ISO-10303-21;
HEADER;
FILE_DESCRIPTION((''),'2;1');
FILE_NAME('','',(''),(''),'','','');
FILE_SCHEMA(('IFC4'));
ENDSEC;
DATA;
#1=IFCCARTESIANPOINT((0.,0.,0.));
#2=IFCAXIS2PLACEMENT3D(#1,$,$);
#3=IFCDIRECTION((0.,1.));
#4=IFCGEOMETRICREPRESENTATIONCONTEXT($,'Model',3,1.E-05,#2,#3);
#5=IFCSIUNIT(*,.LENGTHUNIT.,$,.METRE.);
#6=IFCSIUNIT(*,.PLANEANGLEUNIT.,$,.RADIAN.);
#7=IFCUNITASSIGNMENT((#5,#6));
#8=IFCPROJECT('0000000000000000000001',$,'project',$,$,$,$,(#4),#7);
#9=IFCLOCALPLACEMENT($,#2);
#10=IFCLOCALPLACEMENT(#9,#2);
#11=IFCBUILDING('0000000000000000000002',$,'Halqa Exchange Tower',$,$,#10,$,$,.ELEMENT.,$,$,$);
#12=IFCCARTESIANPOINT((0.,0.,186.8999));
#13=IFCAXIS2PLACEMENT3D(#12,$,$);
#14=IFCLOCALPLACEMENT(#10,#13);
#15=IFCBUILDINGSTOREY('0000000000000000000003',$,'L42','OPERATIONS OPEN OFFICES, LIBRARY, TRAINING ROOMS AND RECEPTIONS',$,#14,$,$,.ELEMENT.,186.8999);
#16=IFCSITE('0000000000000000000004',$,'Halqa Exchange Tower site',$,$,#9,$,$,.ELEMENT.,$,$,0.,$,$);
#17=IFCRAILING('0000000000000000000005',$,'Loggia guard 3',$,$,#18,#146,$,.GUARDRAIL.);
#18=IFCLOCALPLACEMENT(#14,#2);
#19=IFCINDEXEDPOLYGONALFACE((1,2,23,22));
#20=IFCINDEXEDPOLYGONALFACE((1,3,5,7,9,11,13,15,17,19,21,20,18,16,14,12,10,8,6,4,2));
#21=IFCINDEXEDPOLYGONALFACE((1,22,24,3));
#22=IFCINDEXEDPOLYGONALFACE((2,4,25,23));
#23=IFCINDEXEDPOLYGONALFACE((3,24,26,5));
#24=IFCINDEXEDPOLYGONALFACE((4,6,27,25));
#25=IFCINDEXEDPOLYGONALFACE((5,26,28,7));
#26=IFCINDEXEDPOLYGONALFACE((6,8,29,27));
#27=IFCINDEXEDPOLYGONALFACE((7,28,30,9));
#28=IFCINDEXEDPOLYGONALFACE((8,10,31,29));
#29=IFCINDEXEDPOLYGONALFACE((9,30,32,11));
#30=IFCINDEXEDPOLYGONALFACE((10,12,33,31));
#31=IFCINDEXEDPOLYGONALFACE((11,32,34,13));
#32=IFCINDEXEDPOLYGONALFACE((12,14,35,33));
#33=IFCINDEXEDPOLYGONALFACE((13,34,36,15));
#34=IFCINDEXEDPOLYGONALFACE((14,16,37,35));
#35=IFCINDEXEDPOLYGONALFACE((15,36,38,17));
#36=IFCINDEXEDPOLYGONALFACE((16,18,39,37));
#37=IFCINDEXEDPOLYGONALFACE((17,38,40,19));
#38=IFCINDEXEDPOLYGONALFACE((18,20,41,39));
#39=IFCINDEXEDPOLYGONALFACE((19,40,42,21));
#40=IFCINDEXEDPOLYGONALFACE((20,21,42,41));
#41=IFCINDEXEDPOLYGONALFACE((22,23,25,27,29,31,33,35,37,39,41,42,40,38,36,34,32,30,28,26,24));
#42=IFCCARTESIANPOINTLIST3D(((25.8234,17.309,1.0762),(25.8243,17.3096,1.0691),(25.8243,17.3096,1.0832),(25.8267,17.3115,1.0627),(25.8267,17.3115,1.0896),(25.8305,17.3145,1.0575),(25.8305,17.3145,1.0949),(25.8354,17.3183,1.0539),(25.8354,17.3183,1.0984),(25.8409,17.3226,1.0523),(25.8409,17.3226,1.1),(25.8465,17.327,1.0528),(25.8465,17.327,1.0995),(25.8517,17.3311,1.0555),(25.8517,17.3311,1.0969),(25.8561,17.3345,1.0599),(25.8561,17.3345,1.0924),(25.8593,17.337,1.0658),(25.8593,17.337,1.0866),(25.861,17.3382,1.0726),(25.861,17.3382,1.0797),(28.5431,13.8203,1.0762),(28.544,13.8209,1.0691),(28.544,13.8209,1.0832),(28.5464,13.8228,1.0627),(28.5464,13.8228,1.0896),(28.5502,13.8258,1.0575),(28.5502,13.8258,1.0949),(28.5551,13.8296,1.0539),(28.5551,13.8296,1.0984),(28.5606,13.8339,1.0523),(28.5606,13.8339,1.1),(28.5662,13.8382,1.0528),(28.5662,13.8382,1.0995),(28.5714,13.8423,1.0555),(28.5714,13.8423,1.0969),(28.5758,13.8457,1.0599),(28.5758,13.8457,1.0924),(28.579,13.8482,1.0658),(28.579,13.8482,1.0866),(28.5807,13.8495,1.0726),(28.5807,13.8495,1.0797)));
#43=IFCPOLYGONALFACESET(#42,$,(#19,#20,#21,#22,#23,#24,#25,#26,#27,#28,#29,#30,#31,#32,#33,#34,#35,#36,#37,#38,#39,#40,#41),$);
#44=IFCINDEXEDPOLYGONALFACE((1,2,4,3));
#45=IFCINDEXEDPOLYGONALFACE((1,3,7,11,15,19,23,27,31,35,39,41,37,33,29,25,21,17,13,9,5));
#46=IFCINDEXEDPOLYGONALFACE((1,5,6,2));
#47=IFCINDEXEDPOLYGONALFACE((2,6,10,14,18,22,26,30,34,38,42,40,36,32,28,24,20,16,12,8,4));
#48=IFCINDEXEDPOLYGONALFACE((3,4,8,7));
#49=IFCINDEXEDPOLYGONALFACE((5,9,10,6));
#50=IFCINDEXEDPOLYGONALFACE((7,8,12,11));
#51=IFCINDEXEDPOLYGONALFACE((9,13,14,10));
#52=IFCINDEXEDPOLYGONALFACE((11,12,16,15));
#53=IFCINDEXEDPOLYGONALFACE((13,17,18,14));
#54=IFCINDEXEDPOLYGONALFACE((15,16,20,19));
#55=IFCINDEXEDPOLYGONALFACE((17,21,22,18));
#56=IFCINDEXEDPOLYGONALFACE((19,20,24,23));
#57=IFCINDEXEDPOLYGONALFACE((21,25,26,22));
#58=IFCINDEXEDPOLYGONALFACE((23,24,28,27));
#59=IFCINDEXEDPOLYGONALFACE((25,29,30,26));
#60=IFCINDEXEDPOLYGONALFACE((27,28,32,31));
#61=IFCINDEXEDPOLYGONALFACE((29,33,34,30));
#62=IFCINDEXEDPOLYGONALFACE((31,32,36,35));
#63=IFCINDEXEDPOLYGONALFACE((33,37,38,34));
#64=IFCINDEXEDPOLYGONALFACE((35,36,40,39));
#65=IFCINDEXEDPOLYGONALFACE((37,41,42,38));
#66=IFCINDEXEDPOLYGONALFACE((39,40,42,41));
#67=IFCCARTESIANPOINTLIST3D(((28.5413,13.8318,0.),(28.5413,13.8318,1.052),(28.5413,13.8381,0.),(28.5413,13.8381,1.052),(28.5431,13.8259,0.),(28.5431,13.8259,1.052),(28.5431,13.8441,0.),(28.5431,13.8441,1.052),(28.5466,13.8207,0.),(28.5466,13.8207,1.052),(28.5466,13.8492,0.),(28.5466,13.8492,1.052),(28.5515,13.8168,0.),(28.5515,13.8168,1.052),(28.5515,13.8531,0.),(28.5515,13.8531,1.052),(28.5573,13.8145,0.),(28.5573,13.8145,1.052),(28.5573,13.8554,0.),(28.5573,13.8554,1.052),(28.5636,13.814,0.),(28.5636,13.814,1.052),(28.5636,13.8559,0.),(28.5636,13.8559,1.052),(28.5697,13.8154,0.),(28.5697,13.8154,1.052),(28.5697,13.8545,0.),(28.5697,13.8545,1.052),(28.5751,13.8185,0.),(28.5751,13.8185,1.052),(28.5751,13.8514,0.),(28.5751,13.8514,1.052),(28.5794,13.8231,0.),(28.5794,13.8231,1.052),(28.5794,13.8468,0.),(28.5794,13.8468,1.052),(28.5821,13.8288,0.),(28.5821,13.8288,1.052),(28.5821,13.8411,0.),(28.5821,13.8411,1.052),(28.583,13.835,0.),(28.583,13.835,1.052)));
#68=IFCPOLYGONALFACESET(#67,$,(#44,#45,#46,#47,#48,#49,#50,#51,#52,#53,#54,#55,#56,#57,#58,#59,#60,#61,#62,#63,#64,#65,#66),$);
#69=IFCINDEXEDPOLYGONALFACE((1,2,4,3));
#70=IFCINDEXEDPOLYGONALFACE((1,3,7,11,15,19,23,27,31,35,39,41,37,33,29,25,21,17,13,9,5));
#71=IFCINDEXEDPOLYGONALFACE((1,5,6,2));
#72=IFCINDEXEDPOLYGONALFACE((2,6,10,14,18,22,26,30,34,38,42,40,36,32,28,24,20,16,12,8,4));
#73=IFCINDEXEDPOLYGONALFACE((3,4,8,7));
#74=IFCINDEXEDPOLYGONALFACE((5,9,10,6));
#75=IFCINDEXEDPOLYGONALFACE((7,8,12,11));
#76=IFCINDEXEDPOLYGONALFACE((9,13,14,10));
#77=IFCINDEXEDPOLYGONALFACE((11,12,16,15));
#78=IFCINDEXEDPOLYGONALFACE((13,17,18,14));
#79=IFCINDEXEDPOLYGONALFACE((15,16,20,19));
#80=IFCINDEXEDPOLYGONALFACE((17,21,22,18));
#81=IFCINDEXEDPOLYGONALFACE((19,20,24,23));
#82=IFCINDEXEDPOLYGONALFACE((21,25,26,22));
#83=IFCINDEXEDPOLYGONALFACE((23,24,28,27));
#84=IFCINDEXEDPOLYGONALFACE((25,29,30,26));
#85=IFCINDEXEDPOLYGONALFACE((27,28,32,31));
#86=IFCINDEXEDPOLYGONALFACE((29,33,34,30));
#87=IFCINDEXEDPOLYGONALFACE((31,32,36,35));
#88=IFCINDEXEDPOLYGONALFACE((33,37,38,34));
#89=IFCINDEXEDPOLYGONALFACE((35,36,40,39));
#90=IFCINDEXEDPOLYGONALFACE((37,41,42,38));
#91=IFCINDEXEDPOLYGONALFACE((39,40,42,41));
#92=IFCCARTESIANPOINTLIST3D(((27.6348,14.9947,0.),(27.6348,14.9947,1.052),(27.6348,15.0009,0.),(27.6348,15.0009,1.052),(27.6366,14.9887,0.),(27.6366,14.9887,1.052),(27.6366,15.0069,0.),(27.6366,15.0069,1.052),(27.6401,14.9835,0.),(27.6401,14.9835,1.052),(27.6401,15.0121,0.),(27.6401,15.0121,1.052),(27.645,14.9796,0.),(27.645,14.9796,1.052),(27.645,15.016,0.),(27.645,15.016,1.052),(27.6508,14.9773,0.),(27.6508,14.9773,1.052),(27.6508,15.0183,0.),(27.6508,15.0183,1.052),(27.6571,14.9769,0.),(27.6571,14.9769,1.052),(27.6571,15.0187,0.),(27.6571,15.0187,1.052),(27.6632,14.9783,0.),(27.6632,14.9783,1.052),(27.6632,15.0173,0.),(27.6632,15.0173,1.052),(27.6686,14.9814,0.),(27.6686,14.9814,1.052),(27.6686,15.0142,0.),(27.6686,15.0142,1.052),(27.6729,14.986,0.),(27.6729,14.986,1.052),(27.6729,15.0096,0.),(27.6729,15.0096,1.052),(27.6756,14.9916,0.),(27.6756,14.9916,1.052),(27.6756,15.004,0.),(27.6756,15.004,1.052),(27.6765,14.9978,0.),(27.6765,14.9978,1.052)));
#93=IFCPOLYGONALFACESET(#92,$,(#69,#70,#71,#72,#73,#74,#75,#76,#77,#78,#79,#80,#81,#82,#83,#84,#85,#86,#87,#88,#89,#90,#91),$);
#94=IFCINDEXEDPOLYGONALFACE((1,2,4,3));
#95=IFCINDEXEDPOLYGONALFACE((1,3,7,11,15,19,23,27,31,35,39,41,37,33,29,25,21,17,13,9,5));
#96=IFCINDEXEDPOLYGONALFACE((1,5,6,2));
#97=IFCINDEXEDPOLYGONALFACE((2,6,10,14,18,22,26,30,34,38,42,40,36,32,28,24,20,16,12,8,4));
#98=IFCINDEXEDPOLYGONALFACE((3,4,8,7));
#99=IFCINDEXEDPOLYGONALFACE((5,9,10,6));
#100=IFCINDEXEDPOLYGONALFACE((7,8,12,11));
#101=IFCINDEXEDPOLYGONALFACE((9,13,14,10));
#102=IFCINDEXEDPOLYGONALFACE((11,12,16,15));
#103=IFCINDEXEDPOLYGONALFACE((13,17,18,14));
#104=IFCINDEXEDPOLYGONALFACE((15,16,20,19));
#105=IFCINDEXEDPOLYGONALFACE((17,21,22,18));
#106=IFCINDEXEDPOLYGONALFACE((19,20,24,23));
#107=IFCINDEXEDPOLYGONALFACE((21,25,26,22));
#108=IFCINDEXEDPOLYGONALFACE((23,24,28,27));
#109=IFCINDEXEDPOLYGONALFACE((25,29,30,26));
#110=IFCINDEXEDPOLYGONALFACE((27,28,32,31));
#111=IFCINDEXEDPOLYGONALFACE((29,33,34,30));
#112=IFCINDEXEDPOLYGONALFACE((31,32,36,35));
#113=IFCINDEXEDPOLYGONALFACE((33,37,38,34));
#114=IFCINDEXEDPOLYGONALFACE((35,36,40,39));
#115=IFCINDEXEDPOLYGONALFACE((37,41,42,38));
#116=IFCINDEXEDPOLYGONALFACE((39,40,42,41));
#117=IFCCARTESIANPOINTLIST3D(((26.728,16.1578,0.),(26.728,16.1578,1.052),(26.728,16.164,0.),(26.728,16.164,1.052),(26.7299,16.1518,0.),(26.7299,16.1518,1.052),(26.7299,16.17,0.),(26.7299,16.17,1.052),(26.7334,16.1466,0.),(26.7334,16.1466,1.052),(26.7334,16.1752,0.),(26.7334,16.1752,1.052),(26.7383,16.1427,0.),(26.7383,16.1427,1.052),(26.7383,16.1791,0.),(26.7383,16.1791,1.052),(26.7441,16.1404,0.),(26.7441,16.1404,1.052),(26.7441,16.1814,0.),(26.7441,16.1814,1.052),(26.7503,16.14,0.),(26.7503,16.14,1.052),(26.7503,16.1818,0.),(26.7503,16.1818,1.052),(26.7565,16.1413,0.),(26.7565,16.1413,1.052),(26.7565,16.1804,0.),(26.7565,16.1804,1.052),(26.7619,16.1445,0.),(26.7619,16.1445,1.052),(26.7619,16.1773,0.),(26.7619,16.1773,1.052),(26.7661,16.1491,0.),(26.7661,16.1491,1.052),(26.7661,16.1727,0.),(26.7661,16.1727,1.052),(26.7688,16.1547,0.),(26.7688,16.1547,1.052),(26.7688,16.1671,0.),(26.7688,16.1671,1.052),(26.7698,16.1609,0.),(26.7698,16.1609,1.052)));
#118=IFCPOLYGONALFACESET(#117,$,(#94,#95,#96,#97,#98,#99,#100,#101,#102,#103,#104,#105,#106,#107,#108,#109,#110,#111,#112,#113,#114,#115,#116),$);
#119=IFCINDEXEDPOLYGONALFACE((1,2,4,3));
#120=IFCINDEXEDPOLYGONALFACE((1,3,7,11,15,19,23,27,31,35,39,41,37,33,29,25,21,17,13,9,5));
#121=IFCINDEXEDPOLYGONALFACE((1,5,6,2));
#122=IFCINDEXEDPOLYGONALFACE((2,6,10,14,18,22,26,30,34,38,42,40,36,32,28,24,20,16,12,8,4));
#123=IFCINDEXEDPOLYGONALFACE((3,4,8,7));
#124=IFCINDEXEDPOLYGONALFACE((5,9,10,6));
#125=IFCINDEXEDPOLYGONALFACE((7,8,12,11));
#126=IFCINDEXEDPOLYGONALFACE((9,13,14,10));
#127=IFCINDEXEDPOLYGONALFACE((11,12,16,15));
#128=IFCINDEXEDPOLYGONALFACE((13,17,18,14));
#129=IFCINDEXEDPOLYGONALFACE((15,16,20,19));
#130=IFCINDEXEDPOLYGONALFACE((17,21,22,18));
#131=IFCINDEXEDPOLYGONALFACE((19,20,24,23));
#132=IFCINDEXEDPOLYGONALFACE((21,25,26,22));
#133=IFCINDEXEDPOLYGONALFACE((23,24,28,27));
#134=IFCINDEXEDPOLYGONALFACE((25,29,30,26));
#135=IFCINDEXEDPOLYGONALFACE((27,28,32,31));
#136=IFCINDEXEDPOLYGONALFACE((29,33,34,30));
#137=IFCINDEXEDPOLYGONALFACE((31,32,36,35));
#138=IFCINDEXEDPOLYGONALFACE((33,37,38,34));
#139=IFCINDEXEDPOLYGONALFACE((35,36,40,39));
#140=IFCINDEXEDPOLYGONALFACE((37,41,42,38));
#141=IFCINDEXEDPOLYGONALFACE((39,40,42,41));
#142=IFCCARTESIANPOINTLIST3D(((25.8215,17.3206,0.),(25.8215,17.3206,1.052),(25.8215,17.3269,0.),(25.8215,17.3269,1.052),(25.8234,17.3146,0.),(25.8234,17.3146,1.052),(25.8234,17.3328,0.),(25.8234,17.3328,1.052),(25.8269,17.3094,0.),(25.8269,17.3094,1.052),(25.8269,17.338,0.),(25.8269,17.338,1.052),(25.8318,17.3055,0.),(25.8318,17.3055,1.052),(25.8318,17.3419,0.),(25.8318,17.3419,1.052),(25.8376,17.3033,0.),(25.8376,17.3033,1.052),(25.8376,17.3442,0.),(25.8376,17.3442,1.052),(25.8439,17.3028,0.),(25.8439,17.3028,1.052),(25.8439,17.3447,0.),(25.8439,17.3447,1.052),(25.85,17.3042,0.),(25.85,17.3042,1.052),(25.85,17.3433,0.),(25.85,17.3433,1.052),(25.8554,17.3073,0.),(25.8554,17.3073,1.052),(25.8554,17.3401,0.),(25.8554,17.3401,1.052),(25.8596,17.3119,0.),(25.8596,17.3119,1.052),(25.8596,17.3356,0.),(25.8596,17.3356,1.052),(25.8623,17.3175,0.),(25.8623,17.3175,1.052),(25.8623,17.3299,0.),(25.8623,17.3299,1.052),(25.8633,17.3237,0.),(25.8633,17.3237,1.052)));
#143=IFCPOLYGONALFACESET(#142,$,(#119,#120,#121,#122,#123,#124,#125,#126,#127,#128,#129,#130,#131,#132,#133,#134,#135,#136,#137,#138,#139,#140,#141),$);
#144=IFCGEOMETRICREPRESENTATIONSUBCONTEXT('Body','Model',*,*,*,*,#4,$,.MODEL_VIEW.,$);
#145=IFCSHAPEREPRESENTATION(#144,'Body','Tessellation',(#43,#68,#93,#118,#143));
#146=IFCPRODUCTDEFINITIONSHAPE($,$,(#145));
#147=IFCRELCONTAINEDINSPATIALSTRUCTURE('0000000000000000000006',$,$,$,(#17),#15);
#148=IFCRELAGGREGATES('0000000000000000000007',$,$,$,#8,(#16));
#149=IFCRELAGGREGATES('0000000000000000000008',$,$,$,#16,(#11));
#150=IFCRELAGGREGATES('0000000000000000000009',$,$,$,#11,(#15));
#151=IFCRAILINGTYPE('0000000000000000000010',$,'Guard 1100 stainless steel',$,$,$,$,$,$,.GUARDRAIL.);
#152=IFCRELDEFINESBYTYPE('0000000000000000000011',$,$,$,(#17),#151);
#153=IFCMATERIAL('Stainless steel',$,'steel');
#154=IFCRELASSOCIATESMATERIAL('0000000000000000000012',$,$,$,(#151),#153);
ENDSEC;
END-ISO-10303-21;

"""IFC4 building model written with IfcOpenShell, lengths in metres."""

from ifc_helpers import new_model, si_unit, direction, frame, origin, origin_2d, place, context, subcontext, project, spatial, circle, extrude, material, type_object, element, save


model = new_model("IFC4")

# Units and contexts
model_context = context("Model", 3, precision=1e-05, world=origin(), true_north=direction((0.0, 1.0)))
body_context = subcontext(model_context, "Body", "Model", "MODEL_VIEW")
ifc_project = project(units=[si_unit("LENGTHUNIT", "METRE"), si_unit("PLANEANGLEUNIT", "RADIAN")], contexts=[model_context])

# Site, building, storey
site_placement = place(None, origin())
site = spatial("IfcSite", under=ifc_project, at=site_placement, Name="Halqa Exchange Tower site", CompositionType="ELEMENT", RefElevation=0.0)
building_placement = place(site_placement, origin())
building = spatial("IfcBuilding", under=site, at=building_placement, Name="Halqa Exchange Tower", CompositionType="ELEMENT")
storey_placement = place(building_placement, frame((0.0, 0.0, 186.8999)))
storey = spatial("IfcBuildingStorey", under=building, at=storey_placement, Name="L42", Description="OPERATIONS OPEN OFFICES, LIBRARY, TRAINING ROOMS AND RECEPTIONS", CompositionType="ELEMENT", Elevation=186.8999)

# Railing
ifc_material_1 = material(Name="Stainless steel", Category="steel")
railing_type = type_object("IfcRailingType", Name="Guard 1100 stainless steel", PredefinedType="GUARDRAIL", material=ifc_material_1)
railing_1_placement = place(storey_placement, frame((28.562, 13.835, 0.0)))
element("IfcRailing", 1, at=railing_1_placement, inside=storey, type_object=railing_type, Name="Loggia guard 3", PredefinedType="GUARDRAIL", context=body_context, shape_type="SweptSolid", body=[
    extrude(circle(Radius=0.0239, at=origin_2d()), frame((0.0, 0.0, 1.0762), z_axis=(-0.614819, 0.788668, 0.0), x_axis=(-0.788668, -0.614819, 0.0)), (0.0, 0.0, 1.0), 4.4236),
    extrude(circle(Radius=0.021, at=origin_2d()), origin(), (0.0, 0.0, 1.0), 1.052),
    extrude(circle(Radius=0.021, at=origin_2d()), frame((-0.9065, 1.1628, 0.0)), (0.0, 0.0, 1.0), 1.052),
    extrude(circle(Radius=0.021, at=origin_2d()), frame((-1.8132, 2.3259, 0.0)), (0.0, 0.0, 1.0), 1.052),
    extrude(circle(Radius=0.021, at=origin_2d()), frame((-2.7197, 3.4888, 0.0)), (0.0, 0.0, 1.0), 1.052),
])

save(model, "model.ifc")
